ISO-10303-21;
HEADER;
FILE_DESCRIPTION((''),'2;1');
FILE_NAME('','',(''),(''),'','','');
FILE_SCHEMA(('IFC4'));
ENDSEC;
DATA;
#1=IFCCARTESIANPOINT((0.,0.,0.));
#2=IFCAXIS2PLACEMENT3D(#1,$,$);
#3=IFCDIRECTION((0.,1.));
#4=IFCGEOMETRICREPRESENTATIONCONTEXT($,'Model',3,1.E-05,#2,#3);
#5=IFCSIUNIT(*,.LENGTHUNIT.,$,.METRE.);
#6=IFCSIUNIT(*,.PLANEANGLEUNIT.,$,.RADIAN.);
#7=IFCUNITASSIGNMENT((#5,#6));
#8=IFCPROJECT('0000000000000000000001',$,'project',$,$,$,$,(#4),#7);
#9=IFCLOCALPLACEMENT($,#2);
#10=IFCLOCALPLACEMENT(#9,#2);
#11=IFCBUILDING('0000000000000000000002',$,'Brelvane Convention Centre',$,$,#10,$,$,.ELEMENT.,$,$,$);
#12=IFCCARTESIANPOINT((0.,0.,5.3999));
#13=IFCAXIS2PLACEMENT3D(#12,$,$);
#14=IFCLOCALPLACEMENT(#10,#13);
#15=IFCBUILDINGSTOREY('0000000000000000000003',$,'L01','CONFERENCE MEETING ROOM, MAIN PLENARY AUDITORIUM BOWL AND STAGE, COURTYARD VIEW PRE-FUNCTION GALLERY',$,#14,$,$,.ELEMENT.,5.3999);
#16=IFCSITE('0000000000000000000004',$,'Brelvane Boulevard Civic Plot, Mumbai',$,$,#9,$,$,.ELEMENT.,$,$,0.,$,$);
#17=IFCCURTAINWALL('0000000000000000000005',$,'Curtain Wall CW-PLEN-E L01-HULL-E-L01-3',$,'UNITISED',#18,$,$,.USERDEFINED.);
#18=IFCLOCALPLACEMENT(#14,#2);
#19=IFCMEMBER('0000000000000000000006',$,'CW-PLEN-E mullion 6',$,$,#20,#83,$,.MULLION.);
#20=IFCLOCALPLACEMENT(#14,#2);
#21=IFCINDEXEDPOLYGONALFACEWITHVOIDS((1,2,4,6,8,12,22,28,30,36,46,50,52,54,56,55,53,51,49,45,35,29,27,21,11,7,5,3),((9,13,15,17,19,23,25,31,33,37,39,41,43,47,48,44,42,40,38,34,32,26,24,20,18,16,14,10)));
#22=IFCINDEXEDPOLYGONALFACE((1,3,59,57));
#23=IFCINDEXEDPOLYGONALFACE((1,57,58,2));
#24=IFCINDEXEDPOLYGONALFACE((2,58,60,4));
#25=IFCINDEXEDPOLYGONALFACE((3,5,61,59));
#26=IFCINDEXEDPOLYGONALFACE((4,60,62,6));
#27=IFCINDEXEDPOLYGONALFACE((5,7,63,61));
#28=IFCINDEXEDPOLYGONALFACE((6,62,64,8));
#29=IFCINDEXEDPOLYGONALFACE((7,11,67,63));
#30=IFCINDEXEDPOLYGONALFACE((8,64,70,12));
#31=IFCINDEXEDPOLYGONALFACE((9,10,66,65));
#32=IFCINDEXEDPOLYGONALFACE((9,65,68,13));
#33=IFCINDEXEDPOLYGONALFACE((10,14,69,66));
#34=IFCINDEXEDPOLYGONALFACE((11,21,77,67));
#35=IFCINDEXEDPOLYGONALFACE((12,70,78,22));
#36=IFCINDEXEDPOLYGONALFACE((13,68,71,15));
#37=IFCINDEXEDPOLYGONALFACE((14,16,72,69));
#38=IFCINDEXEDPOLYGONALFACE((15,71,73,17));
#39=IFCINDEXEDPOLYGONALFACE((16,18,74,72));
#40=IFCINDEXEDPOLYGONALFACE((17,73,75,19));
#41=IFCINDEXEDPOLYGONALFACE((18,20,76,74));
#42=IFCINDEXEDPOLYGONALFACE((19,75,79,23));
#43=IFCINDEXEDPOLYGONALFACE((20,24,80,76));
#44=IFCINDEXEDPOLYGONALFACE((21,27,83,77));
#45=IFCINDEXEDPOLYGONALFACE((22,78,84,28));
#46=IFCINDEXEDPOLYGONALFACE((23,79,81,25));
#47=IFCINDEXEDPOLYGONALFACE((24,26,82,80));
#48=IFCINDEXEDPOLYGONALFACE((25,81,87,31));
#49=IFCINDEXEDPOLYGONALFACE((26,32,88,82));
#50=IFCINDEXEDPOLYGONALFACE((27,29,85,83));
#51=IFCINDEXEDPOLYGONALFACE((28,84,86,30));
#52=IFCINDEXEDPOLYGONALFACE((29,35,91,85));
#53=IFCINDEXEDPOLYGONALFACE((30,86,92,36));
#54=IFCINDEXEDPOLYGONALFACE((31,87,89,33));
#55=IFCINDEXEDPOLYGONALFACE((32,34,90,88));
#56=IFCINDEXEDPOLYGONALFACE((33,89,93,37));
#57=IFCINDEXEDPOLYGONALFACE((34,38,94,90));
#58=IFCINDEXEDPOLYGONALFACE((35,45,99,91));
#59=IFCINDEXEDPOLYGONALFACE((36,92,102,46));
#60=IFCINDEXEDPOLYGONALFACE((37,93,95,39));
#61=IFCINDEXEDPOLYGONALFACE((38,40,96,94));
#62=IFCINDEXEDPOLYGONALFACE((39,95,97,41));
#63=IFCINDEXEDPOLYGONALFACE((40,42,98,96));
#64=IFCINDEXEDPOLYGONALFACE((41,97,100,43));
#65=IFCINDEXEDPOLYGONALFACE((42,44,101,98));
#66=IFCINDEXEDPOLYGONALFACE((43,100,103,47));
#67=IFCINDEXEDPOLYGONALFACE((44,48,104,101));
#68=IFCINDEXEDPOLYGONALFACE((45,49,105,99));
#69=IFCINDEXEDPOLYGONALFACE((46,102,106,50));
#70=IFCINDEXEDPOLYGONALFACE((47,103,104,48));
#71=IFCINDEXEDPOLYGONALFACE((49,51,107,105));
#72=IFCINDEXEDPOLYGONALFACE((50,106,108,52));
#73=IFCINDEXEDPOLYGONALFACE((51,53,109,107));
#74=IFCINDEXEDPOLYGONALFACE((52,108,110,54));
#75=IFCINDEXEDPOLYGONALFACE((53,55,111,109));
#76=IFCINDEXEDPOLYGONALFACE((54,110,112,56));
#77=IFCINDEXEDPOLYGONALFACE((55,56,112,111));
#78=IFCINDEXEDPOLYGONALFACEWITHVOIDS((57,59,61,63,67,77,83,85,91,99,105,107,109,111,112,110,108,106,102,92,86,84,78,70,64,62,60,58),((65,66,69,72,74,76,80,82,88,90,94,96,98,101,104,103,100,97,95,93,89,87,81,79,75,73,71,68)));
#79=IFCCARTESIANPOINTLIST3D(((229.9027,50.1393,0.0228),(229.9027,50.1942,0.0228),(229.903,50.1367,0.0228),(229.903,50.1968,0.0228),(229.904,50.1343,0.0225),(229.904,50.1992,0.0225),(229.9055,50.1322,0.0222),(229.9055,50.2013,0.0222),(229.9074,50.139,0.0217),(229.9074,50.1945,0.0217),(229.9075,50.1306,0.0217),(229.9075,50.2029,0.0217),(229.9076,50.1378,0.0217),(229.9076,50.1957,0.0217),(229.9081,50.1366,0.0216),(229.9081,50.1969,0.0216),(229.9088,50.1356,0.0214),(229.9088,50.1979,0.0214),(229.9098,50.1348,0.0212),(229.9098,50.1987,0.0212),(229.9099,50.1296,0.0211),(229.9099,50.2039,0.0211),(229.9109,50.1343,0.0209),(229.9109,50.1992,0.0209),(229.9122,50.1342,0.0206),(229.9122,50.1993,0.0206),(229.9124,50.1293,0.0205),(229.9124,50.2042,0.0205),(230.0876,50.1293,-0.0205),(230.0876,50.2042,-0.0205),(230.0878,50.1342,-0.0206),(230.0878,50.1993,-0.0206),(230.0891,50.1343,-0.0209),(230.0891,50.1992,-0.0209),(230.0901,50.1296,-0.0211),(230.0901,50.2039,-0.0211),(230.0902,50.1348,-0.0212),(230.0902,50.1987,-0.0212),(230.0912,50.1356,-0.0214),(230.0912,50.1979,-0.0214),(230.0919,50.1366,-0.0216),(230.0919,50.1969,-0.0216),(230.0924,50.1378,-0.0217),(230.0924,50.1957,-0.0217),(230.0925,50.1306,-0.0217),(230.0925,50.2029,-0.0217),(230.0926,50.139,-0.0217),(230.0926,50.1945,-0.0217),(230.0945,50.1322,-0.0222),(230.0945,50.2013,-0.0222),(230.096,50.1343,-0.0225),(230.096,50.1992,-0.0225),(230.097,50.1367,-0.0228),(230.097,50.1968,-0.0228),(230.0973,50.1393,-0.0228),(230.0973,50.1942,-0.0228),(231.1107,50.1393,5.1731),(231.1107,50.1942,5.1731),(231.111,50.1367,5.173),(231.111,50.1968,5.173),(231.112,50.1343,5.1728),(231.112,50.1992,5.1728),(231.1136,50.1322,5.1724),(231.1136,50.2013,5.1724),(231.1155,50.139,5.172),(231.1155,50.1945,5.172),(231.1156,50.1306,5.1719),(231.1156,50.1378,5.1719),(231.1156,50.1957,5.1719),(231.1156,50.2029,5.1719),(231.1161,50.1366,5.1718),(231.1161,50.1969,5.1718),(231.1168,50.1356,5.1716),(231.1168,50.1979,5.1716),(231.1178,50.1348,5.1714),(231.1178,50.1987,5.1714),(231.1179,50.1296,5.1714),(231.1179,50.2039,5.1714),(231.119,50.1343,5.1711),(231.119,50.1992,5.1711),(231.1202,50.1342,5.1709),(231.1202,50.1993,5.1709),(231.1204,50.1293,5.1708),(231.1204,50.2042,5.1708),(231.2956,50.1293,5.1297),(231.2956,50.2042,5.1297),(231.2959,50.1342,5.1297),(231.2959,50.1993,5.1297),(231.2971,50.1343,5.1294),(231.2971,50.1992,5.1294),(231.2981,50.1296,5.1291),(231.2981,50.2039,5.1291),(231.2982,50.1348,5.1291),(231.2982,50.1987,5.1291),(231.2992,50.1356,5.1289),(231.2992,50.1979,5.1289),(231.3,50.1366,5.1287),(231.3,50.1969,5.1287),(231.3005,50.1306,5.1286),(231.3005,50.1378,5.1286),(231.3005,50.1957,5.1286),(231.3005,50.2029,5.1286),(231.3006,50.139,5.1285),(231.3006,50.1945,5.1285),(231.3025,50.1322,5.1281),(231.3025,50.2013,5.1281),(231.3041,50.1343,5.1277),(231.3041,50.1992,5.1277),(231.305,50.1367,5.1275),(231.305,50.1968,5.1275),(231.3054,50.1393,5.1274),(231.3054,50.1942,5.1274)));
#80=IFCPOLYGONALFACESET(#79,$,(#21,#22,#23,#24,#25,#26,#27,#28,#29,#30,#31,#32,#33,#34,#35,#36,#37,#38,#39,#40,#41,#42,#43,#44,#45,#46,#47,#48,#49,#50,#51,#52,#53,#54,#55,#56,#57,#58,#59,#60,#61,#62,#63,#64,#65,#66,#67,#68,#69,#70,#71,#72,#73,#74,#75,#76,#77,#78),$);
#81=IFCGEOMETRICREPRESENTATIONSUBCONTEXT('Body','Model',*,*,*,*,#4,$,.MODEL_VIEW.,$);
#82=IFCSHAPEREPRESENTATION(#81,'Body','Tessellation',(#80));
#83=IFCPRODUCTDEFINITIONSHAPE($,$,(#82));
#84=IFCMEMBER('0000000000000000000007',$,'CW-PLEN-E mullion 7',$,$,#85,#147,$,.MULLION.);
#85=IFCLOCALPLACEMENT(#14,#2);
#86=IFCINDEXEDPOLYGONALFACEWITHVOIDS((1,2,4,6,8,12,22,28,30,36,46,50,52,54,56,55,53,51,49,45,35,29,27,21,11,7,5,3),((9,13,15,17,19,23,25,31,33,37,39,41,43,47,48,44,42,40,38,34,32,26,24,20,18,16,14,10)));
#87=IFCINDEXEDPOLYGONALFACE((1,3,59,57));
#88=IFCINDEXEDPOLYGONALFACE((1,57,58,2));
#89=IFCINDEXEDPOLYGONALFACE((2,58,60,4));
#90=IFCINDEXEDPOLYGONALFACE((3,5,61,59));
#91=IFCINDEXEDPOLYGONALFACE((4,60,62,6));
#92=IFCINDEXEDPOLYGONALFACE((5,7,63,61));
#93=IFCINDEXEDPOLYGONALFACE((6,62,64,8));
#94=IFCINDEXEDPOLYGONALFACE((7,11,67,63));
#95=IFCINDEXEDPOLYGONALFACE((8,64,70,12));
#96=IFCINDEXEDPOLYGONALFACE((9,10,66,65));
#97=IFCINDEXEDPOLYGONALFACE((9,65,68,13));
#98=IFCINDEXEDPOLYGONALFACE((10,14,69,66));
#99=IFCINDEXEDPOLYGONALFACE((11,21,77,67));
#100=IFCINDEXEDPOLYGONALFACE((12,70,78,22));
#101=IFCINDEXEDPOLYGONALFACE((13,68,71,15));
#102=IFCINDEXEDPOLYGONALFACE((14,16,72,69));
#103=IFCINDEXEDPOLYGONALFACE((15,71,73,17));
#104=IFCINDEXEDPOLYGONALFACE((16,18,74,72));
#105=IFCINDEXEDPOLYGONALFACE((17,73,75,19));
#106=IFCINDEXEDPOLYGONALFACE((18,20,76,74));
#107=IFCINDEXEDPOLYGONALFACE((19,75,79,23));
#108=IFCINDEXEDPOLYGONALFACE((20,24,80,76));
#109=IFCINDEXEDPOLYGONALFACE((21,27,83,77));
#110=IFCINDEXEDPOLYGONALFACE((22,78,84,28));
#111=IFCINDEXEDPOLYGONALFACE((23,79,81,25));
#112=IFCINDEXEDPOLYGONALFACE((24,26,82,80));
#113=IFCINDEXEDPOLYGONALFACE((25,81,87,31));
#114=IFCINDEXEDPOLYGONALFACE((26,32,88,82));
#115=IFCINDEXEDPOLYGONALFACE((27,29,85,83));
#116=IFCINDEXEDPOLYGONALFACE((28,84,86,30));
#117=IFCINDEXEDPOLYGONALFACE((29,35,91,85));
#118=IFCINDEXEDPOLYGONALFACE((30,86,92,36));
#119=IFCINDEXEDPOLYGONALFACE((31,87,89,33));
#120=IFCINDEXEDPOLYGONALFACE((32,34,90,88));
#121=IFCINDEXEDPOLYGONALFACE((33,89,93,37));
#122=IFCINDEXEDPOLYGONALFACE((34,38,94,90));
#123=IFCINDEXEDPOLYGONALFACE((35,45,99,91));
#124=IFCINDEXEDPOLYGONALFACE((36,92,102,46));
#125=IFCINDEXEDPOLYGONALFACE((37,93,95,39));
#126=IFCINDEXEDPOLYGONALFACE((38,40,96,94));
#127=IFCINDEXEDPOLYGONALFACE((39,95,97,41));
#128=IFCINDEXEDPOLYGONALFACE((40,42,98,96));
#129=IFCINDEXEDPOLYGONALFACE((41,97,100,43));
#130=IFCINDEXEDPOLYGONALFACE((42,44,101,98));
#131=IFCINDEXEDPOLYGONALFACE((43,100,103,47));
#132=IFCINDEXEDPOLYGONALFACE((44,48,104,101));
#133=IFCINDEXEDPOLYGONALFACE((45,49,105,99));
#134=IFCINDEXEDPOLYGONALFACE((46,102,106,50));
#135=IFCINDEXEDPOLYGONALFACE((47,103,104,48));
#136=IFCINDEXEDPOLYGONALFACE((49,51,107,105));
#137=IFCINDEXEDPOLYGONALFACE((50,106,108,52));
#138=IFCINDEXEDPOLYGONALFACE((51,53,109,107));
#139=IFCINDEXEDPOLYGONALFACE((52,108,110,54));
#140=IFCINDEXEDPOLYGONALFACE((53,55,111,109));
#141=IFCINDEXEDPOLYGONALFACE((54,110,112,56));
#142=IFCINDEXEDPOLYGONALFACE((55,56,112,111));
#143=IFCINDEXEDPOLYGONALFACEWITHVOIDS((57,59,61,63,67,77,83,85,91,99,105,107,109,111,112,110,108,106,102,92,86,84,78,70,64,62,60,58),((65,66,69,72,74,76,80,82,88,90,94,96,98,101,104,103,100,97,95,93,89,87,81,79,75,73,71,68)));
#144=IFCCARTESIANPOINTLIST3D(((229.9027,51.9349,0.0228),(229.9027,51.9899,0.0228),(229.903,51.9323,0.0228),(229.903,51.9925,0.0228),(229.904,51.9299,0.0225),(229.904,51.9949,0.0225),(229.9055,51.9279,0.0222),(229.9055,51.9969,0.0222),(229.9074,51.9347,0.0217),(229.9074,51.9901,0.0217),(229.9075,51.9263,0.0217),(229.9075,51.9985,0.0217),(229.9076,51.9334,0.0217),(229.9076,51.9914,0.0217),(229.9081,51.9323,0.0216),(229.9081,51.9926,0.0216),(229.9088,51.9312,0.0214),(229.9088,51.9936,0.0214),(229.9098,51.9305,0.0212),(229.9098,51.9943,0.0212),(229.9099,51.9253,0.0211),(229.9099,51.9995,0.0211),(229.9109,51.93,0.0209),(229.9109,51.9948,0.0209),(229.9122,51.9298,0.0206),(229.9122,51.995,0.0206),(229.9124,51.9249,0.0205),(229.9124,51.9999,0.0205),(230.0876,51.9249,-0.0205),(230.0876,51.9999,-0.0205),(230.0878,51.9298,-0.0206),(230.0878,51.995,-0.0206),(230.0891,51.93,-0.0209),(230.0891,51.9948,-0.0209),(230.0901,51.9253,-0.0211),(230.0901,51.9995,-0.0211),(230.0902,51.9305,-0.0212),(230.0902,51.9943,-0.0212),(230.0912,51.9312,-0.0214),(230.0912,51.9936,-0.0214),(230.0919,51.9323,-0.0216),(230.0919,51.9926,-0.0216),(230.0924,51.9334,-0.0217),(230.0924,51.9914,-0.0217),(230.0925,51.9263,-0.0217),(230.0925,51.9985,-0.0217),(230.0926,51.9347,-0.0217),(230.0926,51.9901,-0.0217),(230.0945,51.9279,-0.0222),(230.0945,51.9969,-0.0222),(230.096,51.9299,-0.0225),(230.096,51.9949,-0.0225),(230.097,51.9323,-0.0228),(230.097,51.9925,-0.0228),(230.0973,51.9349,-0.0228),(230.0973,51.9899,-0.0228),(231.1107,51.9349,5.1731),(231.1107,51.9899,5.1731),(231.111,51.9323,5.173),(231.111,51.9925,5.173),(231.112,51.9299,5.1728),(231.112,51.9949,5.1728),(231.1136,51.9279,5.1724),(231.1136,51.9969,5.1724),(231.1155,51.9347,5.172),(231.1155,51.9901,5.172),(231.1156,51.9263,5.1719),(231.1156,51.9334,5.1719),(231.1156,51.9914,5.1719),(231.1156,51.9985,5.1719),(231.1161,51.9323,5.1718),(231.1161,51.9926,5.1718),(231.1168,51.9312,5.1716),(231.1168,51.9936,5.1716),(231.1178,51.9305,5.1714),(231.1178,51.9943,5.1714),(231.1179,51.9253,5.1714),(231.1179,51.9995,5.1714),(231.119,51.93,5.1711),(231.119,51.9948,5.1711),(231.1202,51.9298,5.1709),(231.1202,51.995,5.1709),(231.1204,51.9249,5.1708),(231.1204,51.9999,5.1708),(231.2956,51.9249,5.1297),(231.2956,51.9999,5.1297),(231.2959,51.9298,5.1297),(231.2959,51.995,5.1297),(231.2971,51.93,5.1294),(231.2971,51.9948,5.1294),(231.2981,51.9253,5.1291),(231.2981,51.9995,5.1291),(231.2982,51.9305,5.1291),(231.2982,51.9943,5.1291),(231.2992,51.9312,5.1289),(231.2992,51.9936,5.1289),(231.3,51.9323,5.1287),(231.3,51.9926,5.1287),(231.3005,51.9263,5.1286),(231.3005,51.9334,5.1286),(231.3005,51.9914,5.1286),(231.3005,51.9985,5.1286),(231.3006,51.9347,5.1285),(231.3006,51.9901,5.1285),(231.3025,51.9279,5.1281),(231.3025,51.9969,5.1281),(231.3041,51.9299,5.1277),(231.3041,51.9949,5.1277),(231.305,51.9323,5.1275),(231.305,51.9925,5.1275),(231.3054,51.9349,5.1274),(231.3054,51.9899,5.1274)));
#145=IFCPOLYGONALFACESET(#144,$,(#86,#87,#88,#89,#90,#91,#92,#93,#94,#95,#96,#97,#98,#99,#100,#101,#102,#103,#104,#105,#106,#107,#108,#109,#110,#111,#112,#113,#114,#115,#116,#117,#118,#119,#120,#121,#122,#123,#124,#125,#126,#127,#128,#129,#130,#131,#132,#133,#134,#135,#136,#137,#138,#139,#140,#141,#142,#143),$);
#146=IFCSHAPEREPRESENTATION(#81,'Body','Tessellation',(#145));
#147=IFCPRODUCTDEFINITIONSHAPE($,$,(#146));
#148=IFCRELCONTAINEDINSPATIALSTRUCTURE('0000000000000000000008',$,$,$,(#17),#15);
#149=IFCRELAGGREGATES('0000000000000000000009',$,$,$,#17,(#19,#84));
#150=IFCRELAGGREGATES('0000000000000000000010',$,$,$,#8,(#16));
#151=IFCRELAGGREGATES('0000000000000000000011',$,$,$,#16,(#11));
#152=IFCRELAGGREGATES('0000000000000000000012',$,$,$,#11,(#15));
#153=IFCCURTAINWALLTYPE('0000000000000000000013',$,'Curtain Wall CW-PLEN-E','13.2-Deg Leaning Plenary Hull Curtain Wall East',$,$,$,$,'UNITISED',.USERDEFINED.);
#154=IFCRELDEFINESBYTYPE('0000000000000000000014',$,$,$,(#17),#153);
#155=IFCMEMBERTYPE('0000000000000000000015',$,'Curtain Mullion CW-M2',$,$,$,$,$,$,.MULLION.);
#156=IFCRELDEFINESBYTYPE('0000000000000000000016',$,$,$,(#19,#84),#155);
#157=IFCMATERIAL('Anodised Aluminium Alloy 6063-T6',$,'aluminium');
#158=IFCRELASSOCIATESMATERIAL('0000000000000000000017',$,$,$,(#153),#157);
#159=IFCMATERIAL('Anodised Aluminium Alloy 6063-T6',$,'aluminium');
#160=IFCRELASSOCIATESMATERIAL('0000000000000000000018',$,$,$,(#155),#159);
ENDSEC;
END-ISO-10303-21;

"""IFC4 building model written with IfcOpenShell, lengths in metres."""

from ifc_helpers import new_model, si_unit, direction, frame, origin, origin_2d, place, context, subcontext, project, spatial, hollow_rectangle, extrude, material, material_profile, profile_set, type_object, element, aggregate, save


model = new_model("IFC4")

# Units and contexts
model_context = context("Model", 3, precision=1e-05, world=origin(), true_north=direction((0.0, 1.0)))
body_context = subcontext(model_context, "Body", "Model", "MODEL_VIEW")
ifc_project = project(units=[si_unit("LENGTHUNIT", "METRE"), si_unit("PLANEANGLEUNIT", "RADIAN")], contexts=[model_context])

# Site, building, storey
site_placement = place(None, origin())
site = spatial("IfcSite", under=ifc_project, at=site_placement, Name="Brelvane Boulevard Civic Plot, Mumbai", CompositionType="ELEMENT", RefElevation=0.0)
building_placement = place(site_placement, origin())
building = spatial("IfcBuilding", under=site, at=building_placement, Name="Brelvane Convention Centre", CompositionType="ELEMENT")
storey_placement = place(building_placement, frame((0.0, 0.0, 5.3999)))
storey = spatial("IfcBuildingStorey", under=building, at=storey_placement, Name="L01", Description="CONFERENCE MEETING ROOM, MAIN PLENARY AUDITORIUM BOWL AND STAGE, COURTYARD VIEW PRE-FUNCTION GALLERY", CompositionType="ELEMENT", Elevation=5.3999)

# Curtain wall, members
ifc_material_1 = material(Name="Anodised Aluminium Alloy 6063-T6", Category="aluminium")
curtain_wall_type = type_object("IfcCurtainWallType", Name="Curtain Wall CW-PLEN-E", Description="13.2-Deg Leaning Plenary Hull Curtain Wall East", ElementType="UNITISED", PredefinedType="USERDEFINED", material=ifc_material_1)
curtain_wall_placement = place(storey_placement, origin())
curtain_wall = element("IfcCurtainWall", 1, at=curtain_wall_placement, inside=storey, type_object=curtain_wall_type, Name="Curtain Wall CW-PLEN-E L01-HULL-E-L01-3", ObjectType="UNITISED", PredefinedType="USERDEFINED")
ifc_material_2 = material(Name="Anodised Aluminium Alloy 6063-T6", Category="aluminium")
ifc_material_profile_1 = material_profile(ifc_material_2, hollow_rectangle(XDim=0.075, YDim=0.2, WallThickness=0.0049, InnerFilletRadius=0.0049, OuterFilletRadius=0.01, at=origin_2d()), Name="ALU-M 200x75x5.0")
ifc_profile_set_1 = profile_set([ifc_material_profile_1], Name="Anodised Aluminium Alloy 6063-T6")
member_type_1 = type_object("IfcMemberType", Name="Curtain Mullion CW-M2", PredefinedType="MULLION", material=ifc_profile_set_1)
member_1_placement = place(storey_placement, frame((230.0, 50.1667, 0.0), z_axis=(0.22836, 0.0, 0.973577), x_axis=(0.0, 1.0, 0.0)))
member_1 = element("IfcMember", 2, at=member_1_placement, type_object=member_type_1, Name="CW-PLEN-E mullion 6", PredefinedType="MULLION", context=body_context, shape_type="SweptSolid", body=[
    extrude(hollow_rectangle(XDim=0.075, YDim=0.2, WallThickness=0.0049, InnerFilletRadius=0.0049, OuterFilletRadius=0.01, at=origin_2d()), origin(), (0.0, 0.0, 1.0), 5.29),
])
member_2_placement = place(storey_placement, frame((230.0, 51.9624, 0.0), z_axis=(0.22836, 0.0, 0.973577), x_axis=(0.0, 1.0, 0.0)))
member_2 = element("IfcMember", 3, at=member_2_placement, type_object=member_type_1, Name="CW-PLEN-E mullion 7", PredefinedType="MULLION", context=body_context, shape_type="SweptSolid", body=[
    extrude(hollow_rectangle(XDim=0.075, YDim=0.2, WallThickness=0.0049, InnerFilletRadius=0.0049, OuterFilletRadius=0.01, at=origin_2d()), origin(), (0.0, 0.0, 1.0), 5.29),
])

aggregate(curtain_wall, [member_1, member_2])

save(model, "model.ifc")
